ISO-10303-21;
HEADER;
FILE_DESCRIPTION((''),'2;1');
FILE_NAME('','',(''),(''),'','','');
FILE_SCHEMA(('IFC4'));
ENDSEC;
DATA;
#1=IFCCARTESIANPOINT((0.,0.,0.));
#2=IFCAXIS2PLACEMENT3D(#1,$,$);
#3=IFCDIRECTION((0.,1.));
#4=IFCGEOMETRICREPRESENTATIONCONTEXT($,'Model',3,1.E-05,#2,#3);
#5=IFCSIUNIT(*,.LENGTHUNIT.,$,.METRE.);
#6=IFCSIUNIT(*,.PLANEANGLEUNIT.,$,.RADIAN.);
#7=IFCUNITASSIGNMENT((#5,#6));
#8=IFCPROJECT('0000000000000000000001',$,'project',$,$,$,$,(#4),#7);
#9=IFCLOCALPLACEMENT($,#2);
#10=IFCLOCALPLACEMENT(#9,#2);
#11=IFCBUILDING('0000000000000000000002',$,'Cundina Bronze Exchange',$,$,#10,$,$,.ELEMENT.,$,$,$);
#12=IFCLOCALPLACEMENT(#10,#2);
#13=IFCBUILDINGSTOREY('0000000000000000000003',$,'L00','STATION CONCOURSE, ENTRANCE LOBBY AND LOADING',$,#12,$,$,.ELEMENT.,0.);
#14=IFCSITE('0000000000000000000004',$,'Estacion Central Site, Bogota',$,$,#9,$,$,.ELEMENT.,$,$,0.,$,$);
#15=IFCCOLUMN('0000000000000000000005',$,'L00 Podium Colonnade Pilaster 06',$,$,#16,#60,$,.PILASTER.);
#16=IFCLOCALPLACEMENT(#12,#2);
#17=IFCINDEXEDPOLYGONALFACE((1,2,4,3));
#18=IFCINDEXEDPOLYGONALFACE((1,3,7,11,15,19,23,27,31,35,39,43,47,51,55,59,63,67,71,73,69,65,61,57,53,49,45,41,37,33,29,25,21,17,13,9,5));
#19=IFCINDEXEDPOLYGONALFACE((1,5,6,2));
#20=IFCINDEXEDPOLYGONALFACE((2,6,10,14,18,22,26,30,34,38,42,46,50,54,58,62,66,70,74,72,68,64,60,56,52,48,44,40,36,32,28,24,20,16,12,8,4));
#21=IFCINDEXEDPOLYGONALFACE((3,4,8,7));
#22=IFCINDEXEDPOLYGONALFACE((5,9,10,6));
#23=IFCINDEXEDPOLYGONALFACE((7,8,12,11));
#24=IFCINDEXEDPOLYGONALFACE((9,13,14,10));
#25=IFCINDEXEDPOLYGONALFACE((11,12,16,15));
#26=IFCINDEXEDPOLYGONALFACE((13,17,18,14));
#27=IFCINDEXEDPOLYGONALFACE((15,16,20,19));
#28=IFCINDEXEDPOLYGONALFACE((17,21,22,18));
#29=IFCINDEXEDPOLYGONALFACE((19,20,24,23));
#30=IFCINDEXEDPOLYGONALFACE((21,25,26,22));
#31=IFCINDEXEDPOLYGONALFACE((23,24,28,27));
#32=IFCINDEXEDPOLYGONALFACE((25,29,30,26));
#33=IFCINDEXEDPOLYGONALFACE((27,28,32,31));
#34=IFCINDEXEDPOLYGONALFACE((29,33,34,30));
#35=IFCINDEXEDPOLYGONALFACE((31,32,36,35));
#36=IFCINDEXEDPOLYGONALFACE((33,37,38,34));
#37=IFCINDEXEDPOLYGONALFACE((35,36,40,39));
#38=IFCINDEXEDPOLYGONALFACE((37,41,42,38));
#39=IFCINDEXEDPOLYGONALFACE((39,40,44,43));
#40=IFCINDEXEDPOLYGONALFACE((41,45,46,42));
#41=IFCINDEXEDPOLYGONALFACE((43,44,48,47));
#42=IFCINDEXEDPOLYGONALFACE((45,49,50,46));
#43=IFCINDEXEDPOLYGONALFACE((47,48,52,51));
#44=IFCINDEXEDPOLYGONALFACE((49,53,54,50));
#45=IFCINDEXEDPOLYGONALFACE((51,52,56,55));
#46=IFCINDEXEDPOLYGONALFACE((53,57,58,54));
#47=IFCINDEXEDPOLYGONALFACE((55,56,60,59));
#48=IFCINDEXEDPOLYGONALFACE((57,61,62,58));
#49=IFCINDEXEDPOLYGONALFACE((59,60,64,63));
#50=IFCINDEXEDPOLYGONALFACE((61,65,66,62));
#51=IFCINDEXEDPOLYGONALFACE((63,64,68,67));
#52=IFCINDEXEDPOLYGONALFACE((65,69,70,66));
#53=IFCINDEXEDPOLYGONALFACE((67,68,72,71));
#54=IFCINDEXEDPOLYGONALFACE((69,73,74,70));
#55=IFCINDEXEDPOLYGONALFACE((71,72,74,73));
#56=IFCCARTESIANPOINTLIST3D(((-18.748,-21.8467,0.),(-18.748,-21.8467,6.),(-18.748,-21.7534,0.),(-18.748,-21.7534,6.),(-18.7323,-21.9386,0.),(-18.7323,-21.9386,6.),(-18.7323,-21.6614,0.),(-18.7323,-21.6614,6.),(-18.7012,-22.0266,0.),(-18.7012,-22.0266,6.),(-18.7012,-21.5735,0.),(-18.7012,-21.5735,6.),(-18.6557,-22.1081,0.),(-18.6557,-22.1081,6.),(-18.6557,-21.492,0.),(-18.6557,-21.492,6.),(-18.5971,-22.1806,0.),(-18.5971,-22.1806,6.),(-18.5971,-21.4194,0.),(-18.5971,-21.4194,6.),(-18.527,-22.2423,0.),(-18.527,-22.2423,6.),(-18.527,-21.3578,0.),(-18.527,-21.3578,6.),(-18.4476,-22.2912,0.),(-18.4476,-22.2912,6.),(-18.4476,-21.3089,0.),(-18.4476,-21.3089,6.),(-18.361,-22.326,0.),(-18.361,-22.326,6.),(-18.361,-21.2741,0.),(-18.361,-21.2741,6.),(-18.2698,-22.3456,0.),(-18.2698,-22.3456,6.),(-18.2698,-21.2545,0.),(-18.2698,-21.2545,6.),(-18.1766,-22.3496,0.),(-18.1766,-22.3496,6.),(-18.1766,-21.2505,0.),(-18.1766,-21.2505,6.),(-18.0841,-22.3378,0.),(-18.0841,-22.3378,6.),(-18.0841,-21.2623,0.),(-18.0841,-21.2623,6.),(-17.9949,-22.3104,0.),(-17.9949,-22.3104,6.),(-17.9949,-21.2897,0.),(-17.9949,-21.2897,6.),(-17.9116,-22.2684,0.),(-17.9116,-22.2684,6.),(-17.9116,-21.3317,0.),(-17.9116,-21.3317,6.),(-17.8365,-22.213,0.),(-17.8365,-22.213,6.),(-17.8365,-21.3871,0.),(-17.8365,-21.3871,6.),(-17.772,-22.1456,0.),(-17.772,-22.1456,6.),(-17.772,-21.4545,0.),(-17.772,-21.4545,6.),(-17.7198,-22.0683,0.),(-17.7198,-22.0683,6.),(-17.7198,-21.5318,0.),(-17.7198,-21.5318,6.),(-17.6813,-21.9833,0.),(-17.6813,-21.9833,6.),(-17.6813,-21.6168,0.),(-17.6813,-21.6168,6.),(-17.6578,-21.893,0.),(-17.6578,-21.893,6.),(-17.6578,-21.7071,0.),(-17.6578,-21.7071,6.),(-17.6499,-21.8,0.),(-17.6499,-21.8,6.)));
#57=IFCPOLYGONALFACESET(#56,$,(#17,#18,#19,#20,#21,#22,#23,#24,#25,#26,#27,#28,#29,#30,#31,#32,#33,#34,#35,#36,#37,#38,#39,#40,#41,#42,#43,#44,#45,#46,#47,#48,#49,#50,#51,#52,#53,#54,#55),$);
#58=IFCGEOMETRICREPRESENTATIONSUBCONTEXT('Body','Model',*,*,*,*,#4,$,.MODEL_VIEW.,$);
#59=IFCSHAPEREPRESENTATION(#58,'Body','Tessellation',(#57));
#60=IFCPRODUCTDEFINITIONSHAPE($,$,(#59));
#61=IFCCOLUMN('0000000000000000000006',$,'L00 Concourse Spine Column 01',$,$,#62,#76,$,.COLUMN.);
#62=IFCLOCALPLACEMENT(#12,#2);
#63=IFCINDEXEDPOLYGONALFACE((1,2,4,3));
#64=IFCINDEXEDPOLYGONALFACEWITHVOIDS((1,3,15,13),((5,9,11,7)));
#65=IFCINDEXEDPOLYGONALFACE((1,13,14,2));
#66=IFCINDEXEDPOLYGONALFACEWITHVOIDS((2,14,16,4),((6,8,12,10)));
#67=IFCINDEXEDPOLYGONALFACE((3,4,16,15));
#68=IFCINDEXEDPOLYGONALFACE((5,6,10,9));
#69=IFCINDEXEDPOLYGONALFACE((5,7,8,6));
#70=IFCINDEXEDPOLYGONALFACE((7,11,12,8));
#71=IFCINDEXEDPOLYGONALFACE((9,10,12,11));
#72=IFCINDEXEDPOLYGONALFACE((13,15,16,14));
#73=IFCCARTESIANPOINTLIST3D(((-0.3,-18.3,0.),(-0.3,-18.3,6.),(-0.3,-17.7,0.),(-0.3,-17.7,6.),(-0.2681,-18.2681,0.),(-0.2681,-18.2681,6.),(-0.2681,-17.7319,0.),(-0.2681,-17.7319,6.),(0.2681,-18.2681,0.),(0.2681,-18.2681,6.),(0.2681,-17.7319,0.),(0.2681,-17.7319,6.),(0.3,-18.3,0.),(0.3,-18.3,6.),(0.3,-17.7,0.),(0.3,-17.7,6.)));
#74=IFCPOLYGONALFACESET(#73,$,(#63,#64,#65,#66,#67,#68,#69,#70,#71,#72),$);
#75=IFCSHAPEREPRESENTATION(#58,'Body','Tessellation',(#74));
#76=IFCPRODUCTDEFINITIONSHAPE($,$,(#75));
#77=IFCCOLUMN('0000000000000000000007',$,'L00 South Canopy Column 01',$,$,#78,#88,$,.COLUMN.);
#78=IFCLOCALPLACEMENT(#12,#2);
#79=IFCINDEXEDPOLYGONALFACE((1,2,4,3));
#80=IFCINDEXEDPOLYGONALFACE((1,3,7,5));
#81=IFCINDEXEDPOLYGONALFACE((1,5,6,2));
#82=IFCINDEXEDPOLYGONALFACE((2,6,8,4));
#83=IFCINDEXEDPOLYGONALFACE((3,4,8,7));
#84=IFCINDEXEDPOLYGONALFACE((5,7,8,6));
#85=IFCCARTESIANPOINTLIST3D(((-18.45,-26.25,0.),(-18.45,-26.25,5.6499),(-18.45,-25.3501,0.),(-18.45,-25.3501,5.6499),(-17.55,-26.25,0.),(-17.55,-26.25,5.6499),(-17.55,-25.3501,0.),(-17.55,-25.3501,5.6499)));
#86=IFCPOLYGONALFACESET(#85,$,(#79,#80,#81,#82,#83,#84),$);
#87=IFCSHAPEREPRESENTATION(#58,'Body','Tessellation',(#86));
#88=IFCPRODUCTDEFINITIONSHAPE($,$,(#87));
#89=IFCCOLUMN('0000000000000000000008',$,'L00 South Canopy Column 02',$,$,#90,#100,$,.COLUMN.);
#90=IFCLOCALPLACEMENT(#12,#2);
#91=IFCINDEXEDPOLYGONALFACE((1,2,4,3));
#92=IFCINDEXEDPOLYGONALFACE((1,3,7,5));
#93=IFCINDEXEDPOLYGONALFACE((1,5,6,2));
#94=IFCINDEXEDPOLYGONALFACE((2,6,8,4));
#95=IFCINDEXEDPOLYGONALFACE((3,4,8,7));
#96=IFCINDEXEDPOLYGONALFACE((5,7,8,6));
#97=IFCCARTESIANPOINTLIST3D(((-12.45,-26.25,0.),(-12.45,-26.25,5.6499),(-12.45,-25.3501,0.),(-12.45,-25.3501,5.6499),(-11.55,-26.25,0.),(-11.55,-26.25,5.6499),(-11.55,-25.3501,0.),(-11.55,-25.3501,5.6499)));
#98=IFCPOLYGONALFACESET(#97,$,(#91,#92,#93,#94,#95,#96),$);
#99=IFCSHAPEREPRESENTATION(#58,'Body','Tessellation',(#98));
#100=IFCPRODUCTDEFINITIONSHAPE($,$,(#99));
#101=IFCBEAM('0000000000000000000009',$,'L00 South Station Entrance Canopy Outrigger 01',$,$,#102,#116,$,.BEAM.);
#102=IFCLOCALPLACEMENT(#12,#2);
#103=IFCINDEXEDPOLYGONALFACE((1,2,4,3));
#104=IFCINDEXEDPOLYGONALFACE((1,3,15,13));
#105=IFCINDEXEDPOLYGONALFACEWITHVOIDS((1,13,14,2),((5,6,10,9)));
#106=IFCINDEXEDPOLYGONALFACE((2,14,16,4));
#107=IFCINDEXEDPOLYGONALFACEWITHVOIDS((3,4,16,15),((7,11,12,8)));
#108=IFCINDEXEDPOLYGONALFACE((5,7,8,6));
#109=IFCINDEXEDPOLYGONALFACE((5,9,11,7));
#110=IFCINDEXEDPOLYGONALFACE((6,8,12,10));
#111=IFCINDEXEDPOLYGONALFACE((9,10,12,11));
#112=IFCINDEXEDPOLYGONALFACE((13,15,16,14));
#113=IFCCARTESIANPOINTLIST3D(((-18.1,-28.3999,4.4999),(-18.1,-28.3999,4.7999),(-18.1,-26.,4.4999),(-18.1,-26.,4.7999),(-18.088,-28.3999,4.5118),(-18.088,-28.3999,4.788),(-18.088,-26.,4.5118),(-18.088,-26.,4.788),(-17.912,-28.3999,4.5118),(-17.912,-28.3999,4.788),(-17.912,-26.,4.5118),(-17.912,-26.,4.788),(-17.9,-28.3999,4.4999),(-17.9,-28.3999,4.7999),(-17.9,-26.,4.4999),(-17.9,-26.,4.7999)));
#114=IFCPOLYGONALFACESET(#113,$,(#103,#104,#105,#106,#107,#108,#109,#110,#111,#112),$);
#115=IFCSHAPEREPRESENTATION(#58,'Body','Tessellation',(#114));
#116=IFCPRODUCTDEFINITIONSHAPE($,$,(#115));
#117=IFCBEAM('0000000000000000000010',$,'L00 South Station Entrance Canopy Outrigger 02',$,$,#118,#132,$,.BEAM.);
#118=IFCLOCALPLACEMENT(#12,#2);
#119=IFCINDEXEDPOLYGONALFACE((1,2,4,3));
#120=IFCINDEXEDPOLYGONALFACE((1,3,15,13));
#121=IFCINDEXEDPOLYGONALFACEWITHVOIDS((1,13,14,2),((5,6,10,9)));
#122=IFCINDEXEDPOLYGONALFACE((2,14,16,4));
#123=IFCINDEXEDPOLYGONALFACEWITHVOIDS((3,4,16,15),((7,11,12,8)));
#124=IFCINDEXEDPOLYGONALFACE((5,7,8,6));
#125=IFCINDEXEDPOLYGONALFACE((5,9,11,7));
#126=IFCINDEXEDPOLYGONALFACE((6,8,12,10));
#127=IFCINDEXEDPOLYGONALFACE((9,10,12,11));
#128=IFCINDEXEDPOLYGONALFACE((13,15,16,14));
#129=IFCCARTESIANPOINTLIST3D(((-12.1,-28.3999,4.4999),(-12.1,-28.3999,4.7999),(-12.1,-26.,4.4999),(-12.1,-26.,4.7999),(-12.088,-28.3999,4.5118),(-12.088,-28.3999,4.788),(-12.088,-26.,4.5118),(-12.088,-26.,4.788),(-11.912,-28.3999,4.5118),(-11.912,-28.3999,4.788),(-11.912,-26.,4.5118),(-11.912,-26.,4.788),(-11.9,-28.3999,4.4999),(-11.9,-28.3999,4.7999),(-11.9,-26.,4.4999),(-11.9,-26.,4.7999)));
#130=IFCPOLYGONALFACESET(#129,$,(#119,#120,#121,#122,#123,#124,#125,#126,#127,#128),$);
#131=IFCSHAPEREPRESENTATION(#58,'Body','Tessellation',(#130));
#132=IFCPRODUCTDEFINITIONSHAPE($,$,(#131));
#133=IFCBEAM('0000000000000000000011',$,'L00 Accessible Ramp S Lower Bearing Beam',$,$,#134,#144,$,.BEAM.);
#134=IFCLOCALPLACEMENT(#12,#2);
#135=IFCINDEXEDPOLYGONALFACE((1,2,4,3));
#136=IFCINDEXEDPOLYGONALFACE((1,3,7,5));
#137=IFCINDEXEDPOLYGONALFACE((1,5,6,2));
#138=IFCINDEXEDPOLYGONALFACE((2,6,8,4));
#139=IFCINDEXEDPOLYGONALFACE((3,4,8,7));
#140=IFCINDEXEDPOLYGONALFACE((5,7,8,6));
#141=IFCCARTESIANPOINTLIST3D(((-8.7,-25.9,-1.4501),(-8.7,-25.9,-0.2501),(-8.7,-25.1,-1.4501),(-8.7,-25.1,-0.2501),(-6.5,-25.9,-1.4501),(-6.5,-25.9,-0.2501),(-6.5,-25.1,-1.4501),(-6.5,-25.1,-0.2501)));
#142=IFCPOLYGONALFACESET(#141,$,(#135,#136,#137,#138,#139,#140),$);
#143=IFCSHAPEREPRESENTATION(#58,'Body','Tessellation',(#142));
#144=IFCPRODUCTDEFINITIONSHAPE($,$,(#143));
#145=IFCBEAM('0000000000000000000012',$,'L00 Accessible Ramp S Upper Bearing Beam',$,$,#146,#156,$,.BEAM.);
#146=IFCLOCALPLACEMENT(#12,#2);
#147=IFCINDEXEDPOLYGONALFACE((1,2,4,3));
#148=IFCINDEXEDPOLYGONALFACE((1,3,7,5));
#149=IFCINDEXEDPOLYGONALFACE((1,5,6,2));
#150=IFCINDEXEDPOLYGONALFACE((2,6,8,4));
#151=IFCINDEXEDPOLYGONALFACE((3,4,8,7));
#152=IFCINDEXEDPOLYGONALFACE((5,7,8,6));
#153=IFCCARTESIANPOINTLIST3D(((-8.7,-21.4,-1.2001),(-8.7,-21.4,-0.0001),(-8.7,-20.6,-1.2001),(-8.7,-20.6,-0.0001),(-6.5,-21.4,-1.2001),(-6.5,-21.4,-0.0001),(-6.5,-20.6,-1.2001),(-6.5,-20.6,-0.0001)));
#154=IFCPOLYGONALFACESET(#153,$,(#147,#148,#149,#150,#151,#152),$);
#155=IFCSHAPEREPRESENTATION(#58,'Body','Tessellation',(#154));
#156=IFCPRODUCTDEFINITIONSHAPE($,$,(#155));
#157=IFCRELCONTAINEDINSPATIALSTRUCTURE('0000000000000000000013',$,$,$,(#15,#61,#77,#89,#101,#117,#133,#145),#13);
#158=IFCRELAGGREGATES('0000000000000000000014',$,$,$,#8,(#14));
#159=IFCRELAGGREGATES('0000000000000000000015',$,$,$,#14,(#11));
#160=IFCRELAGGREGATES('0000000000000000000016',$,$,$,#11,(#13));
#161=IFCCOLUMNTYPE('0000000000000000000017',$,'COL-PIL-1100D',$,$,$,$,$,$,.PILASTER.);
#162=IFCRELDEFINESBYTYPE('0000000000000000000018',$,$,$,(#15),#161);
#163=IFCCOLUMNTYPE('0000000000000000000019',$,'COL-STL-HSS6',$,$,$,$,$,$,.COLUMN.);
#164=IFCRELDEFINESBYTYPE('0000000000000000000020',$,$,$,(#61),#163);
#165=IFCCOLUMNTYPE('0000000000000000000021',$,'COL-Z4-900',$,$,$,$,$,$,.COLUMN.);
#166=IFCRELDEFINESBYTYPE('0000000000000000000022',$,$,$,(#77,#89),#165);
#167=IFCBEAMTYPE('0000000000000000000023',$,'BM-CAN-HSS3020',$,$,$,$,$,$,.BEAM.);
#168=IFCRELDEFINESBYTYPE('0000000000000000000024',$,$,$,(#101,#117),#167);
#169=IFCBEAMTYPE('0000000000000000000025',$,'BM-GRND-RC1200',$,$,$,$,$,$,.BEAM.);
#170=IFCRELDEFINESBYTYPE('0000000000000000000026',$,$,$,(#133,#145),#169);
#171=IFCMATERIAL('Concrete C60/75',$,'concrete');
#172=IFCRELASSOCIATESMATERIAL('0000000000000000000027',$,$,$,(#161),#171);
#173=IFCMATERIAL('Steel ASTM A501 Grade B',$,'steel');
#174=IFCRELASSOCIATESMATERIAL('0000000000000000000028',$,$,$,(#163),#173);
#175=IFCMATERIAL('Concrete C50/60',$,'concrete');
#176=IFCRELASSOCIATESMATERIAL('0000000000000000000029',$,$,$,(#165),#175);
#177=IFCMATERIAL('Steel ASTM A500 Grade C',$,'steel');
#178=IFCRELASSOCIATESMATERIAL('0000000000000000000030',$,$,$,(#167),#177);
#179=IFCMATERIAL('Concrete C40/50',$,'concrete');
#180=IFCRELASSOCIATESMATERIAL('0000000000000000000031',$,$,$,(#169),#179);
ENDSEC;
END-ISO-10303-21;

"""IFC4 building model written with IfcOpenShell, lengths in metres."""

from ifc_helpers import new_model, si_unit, direction, frame, origin, origin_2d, place, context, subcontext, project, spatial, rectangle, hollow_rectangle, circle, extrude, material, material_profile, profile_set, type_object, element, save


model = new_model("IFC4")

# Units and contexts
model_context = context("Model", 3, precision=1e-05, world=origin(), true_north=direction((0.0, 1.0)))
body_context = subcontext(model_context, "Body", "Model", "MODEL_VIEW")
ifc_project = project(units=[si_unit("LENGTHUNIT", "METRE"), si_unit("PLANEANGLEUNIT", "RADIAN")], contexts=[model_context])

# Site, building, storey
site_placement = place(None, origin())
site = spatial("IfcSite", under=ifc_project, at=site_placement, Name="Estacion Central Site, Bogota", CompositionType="ELEMENT", RefElevation=0.0)
building_placement = place(site_placement, origin())
building = spatial("IfcBuilding", under=site, at=building_placement, Name="Cundina Bronze Exchange", CompositionType="ELEMENT")
storey_placement = place(building_placement, origin())
storey = spatial("IfcBuildingStorey", under=building, at=storey_placement, Name="L00", Description="STATION CONCOURSE, ENTRANCE LOBBY AND LOADING", CompositionType="ELEMENT", Elevation=0.0)

# Columns
ifc_material_1 = material(Name="Concrete C60/75", Category="concrete")
ifc_material_profile_1 = material_profile(ifc_material_1, circle(Radius=0.55, at=origin_2d()), Name="RC1100D", Category="concrete")
ifc_profile_set_1 = profile_set([ifc_material_profile_1], Name="Concrete C60/75")
column_type_1 = type_object("IfcColumnType", Name="COL-PIL-1100D", PredefinedType="PILASTER", material=ifc_profile_set_1)
column_1_placement = place(storey_placement, frame((-18.2, -21.8, 0.0), z_axis=(0.0, 0.0, 1.0), x_axis=(1.0, 0.0, 0.0)))
element("IfcColumn", 1, at=column_1_placement, inside=storey, type_object=column_type_1, Name="L00 Podium Colonnade Pilaster 06", PredefinedType="PILASTER", context=body_context, shape_type="SweptSolid", body=[
    extrude(circle(Radius=0.55, at=origin_2d()), origin(), (0.0, 0.0, 1.0), 6.0),
])
ifc_material_2 = material(Name="Steel ASTM A501 Grade B", Category="steel")
ifc_material_profile_2 = material_profile(ifc_material_2, hollow_rectangle(XDim=0.6001, YDim=0.6001, WallThickness=0.032, at=origin_2d()), Name="HSS600X600X32", Category="steel")
ifc_profile_set_2 = profile_set([ifc_material_profile_2], Name="Steel ASTM A501 Grade B")
column_type_2 = type_object("IfcColumnType", Name="COL-STL-HSS6", PredefinedType="COLUMN", material=ifc_profile_set_2)
column_2_placement = place(storey_placement, frame((0.0, -18.0, 0.0), z_axis=(0.0, 0.0, 1.0), x_axis=(1.0, 0.0, 0.0)))
element("IfcColumn", 2, at=column_2_placement, inside=storey, type_object=column_type_2, Name="L00 Concourse Spine Column 01", PredefinedType="COLUMN", context=body_context, shape_type="SweptSolid", body=[
    extrude(hollow_rectangle(XDim=0.6001, YDim=0.6001, WallThickness=0.032, at=origin_2d()), origin(), (0.0, 0.0, 1.0), 6.0),
])
ifc_material_3 = material(Name="Concrete C50/60", Category="concrete")
ifc_material_profile_3 = material_profile(ifc_material_3, rectangle(XDim=0.8999, YDim=0.8999, at=origin_2d()), Name="RC900X900", Category="concrete")
ifc_profile_set_3 = profile_set([ifc_material_profile_3], Name="Concrete C50/60")
column_type_3 = type_object("IfcColumnType", Name="COL-Z4-900", PredefinedType="COLUMN", material=ifc_profile_set_3)
for number, where, z_axis, x_axis, name in (
    (3, (-18.0, -25.8, 0.0), (0.0, 0.0, 1.0), (1.0, 0.0, 0.0), "L00 South Canopy Column 01"),
    (4, (-12.0, -25.8, 0.0), (0.0, 0.0, 1.0), (1.0, 0.0, 0.0), "L00 South Canopy Column 02"),
):
    element("IfcColumn", number, at=place(storey_placement, frame(where, z_axis=z_axis, x_axis=x_axis)), inside=storey, type_object=column_type_3, Name=name, PredefinedType="COLUMN", context=body_context, shape_type="SweptSolid", body=[
        extrude(rectangle(XDim=0.8999, YDim=0.8999, at=origin_2d()), origin(), (0.0, 0.0, 1.0), 5.6499),
    ])

# Beams
ifc_material_4 = material(Name="Steel ASTM A500 Grade C", Category="steel")
ifc_material_profile_4 = material_profile(ifc_material_4, hollow_rectangle(XDim=0.2, YDim=0.3, WallThickness=0.012, at=origin_2d()), Name="HSS300X200X12", Category="steel")
ifc_profile_set_4 = profile_set([ifc_material_profile_4], Name="Steel ASTM A500 Grade C")
beam_type_1 = type_object("IfcBeamType", Name="BM-CAN-HSS3020", PredefinedType="BEAM", material=ifc_profile_set_4)
for number, where, z_axis, x_axis, name in (
    (5, (-18.0, -26.0, 4.6499), (0.0, -1.0, 0.0), (1.0, 0.0, 0.0), "L00 South Station Entrance Canopy Outrigger 01"),
    (6, (-12.0, -26.0, 4.6499), (0.0, -1.0, 0.0), (1.0, 0.0, 0.0), "L00 South Station Entrance Canopy Outrigger 02"),
):
    element("IfcBeam", number, at=place(storey_placement, frame(where, z_axis=z_axis, x_axis=x_axis)), inside=storey, type_object=beam_type_1, Name=name, PredefinedType="BEAM", context=body_context, shape_type="SweptSolid", body=[
        extrude(hollow_rectangle(XDim=0.2, YDim=0.3, WallThickness=0.012, at=origin_2d()), origin(), (0.0, 0.0, 1.0), 2.3999),
    ])
ifc_material_5 = material(Name="Concrete C40/50", Category="concrete")
ifc_material_profile_5 = material_profile(ifc_material_5, rectangle(XDim=0.8, YDim=1.2, at=origin_2d()), Name="RC800X1200", Category="concrete")
ifc_profile_set_5 = profile_set([ifc_material_profile_5], Name="Concrete C40/50")
beam_type_2 = type_object("IfcBeamType", Name="BM-GRND-RC1200", PredefinedType="BEAM", material=ifc_profile_set_5)
for number, where, z_axis, x_axis, name in (
    (7, (-8.7, -25.5, -0.8501), (1.0, 0.0, 0.0), (0.0, 1.0, 0.0), "L00 Accessible Ramp S Lower Bearing Beam"),
    (8, (-8.7, -21.0, -0.6001), (1.0, 0.0, 0.0), (0.0, 1.0, 0.0), "L00 Accessible Ramp S Upper Bearing Beam"),
):
    element("IfcBeam", number, at=place(storey_placement, frame(where, z_axis=z_axis, x_axis=x_axis)), inside=storey, type_object=beam_type_2, Name=name, PredefinedType="BEAM", context=body_context, shape_type="SweptSolid", body=[
        extrude(rectangle(XDim=0.8, YDim=1.2, at=origin_2d()), origin(), (0.0, 0.0, 1.0), 2.2),
    ])

save(model, "model.ifc")
